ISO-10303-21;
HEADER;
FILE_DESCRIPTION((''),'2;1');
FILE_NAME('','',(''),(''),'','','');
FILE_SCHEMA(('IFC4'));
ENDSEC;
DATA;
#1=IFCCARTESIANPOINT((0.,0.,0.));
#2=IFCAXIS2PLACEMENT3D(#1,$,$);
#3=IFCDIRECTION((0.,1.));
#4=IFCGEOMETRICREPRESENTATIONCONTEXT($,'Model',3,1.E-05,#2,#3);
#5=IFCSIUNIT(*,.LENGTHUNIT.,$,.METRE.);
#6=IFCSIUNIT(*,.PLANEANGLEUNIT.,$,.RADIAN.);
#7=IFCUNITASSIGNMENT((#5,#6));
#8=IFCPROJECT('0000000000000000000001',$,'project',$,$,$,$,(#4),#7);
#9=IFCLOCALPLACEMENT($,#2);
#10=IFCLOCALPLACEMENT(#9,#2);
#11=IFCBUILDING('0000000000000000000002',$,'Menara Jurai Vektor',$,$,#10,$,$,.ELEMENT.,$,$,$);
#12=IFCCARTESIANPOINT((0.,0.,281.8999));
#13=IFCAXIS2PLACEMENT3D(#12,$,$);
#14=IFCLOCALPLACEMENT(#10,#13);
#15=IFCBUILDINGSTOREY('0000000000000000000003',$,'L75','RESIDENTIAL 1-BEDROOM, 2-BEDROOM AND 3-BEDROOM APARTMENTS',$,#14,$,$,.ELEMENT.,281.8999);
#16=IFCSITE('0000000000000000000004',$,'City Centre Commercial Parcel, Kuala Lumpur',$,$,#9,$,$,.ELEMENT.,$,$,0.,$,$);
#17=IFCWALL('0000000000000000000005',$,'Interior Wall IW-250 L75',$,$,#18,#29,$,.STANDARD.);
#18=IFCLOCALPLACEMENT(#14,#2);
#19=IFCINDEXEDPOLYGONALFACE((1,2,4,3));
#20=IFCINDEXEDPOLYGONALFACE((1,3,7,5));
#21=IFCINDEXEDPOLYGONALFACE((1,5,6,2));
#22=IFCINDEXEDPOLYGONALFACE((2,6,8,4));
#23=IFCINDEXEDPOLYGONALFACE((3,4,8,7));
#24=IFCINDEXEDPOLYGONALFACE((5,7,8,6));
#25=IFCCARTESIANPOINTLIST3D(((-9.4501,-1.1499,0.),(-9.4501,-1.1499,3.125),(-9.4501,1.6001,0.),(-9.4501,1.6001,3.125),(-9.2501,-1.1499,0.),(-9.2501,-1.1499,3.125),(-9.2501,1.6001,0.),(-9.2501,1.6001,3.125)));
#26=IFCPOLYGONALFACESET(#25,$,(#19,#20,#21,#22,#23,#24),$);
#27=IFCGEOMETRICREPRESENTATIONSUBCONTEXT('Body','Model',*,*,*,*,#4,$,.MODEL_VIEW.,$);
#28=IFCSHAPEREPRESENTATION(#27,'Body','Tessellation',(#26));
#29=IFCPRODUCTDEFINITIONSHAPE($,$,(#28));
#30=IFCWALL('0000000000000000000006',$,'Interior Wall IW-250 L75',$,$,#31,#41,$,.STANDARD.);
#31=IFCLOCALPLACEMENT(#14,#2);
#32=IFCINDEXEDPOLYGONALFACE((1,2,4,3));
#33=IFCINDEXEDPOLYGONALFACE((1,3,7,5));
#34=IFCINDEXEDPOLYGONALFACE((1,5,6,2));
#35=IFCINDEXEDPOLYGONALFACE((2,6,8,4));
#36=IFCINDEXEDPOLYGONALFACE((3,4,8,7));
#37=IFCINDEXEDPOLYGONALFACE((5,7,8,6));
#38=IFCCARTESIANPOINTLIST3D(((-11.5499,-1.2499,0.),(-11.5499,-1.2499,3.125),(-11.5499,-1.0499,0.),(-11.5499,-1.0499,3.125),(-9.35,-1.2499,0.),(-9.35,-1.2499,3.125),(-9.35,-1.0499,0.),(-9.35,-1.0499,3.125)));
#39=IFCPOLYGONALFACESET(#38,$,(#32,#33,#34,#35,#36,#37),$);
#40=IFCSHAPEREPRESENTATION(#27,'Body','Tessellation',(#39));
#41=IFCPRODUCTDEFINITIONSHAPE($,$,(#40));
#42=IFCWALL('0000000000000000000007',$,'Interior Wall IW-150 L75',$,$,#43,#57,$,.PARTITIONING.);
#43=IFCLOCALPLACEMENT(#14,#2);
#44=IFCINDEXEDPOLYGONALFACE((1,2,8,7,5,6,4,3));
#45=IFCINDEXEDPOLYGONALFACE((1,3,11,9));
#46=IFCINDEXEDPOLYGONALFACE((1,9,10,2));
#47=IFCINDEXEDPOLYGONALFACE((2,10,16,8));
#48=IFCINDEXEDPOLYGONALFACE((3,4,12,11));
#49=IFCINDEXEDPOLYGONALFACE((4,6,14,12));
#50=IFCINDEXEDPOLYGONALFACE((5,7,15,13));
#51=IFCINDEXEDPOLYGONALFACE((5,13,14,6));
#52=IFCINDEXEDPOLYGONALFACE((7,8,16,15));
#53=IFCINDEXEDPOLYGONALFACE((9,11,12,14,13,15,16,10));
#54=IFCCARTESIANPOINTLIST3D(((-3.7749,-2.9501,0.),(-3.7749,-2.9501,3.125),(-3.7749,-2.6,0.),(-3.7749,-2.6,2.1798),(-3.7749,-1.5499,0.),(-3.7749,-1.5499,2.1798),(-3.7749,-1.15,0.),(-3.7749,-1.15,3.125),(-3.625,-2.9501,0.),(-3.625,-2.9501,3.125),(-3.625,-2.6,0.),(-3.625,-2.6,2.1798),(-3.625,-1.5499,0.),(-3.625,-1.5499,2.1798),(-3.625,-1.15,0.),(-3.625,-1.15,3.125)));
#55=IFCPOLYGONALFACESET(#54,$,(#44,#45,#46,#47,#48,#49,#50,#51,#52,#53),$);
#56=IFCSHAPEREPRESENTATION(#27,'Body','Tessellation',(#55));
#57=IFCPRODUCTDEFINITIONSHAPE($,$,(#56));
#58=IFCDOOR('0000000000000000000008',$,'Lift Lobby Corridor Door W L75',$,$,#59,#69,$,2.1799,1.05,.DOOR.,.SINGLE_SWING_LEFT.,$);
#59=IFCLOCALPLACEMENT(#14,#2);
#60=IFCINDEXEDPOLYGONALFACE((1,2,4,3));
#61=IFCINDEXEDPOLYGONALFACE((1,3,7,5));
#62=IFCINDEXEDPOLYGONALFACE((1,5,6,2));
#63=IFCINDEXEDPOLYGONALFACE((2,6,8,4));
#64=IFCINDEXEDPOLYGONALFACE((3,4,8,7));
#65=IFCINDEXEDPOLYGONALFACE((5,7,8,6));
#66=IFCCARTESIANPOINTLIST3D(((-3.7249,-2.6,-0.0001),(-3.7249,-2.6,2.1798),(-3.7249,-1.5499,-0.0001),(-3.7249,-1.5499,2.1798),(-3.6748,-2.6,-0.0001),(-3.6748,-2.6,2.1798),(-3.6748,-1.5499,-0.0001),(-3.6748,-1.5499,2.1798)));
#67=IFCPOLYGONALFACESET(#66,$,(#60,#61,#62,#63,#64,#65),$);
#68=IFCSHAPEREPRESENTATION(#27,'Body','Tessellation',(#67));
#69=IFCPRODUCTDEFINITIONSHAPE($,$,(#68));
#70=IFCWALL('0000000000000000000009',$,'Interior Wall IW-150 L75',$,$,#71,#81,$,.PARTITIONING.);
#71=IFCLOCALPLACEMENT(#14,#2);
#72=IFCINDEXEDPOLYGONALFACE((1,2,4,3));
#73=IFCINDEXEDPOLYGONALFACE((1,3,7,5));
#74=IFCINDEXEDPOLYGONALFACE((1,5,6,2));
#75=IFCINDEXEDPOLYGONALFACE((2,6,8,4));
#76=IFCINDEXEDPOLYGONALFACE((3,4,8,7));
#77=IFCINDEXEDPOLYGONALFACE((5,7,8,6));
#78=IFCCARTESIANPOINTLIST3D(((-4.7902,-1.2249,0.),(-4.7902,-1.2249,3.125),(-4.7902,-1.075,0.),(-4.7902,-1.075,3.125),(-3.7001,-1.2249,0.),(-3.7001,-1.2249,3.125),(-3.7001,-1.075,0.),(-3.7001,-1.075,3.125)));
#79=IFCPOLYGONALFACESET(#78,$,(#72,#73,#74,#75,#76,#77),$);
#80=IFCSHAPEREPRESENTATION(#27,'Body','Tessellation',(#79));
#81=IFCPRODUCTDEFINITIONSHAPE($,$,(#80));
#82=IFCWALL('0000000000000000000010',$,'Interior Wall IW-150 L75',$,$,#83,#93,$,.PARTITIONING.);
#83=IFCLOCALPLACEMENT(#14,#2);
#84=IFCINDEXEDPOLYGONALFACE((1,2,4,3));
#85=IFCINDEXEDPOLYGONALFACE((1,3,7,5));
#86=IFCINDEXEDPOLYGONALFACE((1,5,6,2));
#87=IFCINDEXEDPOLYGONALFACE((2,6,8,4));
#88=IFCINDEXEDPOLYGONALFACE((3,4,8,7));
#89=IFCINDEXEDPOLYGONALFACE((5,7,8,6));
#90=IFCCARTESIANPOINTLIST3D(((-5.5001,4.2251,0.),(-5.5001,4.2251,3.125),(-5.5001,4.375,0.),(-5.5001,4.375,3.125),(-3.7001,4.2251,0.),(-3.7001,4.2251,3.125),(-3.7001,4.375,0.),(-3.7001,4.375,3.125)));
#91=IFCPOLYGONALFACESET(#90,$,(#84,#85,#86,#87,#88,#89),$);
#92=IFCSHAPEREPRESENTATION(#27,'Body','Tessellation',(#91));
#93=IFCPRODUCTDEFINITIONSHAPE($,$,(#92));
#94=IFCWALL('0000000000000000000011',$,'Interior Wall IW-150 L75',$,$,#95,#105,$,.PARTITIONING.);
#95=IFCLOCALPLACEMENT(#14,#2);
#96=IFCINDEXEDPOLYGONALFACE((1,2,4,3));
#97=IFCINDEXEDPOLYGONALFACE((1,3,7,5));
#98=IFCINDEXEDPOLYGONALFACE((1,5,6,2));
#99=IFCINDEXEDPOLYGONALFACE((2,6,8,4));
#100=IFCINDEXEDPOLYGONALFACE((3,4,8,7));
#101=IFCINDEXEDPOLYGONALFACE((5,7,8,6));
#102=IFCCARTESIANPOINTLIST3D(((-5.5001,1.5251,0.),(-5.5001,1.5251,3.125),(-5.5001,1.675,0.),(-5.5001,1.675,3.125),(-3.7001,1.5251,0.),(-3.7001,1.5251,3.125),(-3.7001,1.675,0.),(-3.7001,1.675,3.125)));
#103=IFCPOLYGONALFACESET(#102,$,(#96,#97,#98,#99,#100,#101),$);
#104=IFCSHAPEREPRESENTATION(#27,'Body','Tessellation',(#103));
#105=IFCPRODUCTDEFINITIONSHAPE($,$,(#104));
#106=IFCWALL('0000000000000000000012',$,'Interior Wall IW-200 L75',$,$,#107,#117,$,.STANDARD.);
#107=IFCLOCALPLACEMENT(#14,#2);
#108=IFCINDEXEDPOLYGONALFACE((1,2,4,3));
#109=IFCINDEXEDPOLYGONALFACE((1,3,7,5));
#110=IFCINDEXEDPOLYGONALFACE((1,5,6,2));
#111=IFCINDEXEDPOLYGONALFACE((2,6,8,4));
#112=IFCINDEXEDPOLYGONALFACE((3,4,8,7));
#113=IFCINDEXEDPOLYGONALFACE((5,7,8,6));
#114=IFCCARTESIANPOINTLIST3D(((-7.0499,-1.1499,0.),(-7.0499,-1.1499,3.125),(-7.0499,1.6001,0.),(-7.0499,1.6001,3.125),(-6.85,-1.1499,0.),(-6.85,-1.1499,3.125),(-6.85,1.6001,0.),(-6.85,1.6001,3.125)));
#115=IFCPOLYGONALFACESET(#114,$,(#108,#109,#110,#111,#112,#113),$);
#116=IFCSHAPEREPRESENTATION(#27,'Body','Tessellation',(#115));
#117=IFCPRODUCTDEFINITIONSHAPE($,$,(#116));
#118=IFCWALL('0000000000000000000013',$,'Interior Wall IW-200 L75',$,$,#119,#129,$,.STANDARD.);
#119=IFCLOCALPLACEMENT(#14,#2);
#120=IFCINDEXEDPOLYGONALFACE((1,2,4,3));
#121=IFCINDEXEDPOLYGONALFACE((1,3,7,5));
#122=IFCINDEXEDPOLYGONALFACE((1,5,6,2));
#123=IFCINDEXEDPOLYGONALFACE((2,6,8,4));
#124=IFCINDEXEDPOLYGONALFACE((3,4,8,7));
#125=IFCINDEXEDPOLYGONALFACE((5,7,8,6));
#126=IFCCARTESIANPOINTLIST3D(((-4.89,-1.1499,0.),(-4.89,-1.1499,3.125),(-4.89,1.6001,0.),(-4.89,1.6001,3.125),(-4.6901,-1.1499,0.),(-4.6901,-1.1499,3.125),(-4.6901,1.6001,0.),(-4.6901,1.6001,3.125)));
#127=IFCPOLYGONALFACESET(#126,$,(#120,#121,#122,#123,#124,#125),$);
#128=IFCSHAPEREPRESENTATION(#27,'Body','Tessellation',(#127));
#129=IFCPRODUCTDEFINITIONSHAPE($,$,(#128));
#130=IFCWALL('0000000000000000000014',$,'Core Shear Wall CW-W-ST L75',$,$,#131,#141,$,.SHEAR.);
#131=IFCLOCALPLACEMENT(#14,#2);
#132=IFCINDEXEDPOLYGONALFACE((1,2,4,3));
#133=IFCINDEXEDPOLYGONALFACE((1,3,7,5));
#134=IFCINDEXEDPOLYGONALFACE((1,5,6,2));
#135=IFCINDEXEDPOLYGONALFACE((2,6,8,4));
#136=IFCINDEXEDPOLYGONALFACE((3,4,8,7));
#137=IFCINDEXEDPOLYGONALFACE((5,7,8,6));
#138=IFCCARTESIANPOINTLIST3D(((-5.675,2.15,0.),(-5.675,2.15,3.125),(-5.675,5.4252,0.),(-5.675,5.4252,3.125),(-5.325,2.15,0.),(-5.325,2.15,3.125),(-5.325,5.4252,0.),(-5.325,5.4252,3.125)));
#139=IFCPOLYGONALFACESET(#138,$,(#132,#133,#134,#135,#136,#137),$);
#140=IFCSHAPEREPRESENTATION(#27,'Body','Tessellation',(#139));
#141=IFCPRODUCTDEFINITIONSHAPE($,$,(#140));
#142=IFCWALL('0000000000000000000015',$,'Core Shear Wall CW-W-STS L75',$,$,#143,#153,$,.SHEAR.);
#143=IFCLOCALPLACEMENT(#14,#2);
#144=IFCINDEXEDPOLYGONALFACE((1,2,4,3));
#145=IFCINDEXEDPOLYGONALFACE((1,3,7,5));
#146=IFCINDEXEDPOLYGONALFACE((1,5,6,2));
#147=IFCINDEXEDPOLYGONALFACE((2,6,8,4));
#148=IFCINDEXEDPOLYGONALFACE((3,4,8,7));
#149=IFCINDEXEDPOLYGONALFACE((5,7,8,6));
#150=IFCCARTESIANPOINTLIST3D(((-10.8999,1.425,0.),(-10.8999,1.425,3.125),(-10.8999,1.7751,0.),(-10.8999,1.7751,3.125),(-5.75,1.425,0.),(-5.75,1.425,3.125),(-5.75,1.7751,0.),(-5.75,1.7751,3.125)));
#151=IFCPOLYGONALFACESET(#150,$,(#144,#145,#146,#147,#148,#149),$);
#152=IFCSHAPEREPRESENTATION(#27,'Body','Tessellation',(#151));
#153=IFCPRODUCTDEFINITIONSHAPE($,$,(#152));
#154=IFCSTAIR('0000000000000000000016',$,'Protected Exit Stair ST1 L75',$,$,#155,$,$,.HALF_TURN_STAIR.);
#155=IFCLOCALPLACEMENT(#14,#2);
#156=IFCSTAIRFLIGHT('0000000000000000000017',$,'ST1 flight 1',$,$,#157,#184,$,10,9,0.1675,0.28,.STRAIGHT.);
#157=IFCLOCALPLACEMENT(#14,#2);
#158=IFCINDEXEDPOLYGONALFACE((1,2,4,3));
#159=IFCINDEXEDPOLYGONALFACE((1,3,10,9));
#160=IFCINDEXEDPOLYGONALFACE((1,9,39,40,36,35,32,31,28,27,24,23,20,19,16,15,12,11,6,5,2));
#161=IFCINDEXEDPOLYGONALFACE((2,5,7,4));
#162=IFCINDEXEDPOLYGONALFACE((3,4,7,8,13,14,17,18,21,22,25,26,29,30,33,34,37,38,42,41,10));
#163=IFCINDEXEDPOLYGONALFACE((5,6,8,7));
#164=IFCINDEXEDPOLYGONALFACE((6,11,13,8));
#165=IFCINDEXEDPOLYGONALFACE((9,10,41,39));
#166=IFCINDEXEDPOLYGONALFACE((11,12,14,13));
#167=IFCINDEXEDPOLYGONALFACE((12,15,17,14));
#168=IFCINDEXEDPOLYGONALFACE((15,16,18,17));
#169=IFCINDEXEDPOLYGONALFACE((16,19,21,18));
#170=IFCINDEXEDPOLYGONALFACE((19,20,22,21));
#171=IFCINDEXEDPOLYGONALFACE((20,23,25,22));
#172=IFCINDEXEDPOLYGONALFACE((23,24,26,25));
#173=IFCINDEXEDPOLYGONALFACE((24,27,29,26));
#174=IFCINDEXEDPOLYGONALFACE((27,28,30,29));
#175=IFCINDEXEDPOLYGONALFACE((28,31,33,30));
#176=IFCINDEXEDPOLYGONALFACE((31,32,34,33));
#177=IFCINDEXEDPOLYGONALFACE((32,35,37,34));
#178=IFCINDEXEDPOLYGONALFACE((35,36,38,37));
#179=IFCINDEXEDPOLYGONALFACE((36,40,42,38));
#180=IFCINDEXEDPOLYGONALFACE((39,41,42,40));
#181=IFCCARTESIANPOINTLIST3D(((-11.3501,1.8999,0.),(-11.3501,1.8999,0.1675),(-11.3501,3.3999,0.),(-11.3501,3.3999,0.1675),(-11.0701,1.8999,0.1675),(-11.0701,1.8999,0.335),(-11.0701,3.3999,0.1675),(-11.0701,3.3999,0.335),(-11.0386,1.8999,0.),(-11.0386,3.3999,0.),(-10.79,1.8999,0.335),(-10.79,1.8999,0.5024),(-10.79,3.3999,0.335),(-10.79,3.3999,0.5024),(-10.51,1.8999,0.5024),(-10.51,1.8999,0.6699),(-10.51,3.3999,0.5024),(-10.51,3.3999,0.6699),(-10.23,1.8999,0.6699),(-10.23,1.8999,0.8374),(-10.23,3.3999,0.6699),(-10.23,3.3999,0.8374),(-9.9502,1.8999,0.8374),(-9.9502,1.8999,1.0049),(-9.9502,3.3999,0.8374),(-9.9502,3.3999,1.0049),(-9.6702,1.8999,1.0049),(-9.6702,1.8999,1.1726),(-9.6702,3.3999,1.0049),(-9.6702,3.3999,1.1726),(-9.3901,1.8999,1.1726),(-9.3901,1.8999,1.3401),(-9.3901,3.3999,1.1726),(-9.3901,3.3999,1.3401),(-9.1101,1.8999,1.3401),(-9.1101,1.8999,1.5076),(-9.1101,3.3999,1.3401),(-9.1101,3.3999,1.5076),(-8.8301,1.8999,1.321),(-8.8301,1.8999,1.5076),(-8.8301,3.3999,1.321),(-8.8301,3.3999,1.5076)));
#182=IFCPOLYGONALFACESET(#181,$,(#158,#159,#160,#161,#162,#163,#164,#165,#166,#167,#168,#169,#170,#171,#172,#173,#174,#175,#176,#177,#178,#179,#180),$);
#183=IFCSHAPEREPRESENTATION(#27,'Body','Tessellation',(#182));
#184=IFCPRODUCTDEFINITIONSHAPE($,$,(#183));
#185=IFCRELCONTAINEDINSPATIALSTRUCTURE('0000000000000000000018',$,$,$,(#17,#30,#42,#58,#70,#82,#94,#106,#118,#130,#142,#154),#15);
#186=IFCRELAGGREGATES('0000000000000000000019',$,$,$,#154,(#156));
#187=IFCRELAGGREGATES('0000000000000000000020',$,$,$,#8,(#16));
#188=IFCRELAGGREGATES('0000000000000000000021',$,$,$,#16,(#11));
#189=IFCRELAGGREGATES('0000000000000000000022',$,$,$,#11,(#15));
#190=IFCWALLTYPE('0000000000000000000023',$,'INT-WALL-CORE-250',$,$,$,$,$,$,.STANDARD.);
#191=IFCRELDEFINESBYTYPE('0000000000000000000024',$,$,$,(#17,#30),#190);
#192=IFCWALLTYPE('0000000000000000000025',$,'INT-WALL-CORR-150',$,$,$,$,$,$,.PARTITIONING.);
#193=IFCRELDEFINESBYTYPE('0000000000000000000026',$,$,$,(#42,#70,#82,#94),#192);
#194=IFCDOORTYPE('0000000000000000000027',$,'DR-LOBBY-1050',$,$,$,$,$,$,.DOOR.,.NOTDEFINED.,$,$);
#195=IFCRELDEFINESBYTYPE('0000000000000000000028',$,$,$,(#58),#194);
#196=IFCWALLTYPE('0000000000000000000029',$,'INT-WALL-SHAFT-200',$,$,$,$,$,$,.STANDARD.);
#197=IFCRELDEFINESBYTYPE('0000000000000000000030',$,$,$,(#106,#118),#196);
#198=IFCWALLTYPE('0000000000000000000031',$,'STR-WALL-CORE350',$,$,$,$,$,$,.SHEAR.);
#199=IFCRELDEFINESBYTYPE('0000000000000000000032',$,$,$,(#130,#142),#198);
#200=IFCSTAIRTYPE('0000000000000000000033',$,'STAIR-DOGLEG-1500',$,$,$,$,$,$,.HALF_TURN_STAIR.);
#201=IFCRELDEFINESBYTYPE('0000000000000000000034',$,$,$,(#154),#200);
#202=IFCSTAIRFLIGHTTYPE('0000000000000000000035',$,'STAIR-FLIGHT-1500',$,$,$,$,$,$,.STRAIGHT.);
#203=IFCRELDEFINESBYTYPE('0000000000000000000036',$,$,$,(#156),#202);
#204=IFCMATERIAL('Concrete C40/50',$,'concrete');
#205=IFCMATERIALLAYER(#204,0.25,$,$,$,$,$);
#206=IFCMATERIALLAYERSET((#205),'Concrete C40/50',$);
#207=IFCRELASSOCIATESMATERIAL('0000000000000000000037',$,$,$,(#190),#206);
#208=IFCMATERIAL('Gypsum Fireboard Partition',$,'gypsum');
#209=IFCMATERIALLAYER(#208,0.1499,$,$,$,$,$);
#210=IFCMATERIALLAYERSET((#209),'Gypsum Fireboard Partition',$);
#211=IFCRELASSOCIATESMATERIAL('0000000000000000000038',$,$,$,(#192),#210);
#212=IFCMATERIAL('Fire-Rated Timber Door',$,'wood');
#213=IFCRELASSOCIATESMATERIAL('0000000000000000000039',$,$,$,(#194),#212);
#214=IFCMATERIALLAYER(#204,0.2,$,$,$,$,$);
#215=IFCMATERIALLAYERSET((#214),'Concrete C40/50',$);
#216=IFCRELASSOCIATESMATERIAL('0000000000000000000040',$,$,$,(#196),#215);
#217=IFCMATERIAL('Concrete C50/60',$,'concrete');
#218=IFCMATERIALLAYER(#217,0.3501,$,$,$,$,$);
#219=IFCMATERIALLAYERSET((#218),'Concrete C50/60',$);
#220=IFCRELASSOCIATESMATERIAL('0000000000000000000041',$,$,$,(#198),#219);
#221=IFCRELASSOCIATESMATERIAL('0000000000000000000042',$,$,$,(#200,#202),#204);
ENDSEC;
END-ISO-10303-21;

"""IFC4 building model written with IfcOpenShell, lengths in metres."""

from ifc_helpers import new_model, si_unit, direction, frame, frame_2d, origin, place, context, subcontext, project, spatial, polyline, rectangle, outline, extrude, material, layer, layer_set, type_object, element, fill, aggregate, save


model = new_model("IFC4")

# Units and contexts
model_context = context("Model", 3, precision=1e-05, world=origin(), true_north=direction((0.0, 1.0)))
body_context = subcontext(model_context, "Body", "Model", "MODEL_VIEW")
ifc_project = project(units=[si_unit("LENGTHUNIT", "METRE"), si_unit("PLANEANGLEUNIT", "RADIAN")], contexts=[model_context])

# Site, building, storey
site_placement = place(None, origin())
site = spatial("IfcSite", under=ifc_project, at=site_placement, Name="City Centre Commercial Parcel, Kuala Lumpur", CompositionType="ELEMENT", RefElevation=0.0)
building_placement = place(site_placement, origin())
building = spatial("IfcBuilding", under=site, at=building_placement, Name="Menara Jurai Vektor", CompositionType="ELEMENT")
storey_placement = place(building_placement, frame((0.0, 0.0, 281.8999)))
storey = spatial("IfcBuildingStorey", under=building, at=storey_placement, Name="L75", Description="RESIDENTIAL 1-BEDROOM, 2-BEDROOM AND 3-BEDROOM APARTMENTS", CompositionType="ELEMENT", Elevation=281.8999)

# Shared definitions
ifc_material_1 = material(Name="Concrete C50/60", Category="concrete")

# Shared definitions
ifc_material_2 = material(Name="Concrete C40/50", Category="concrete")
ifc_layer_1 = layer(ifc_material_2, 0.25)
ifc_layer_set_1 = layer_set([ifc_layer_1], Name="Concrete C40/50")
wall_type_1 = type_object("IfcWallType", Name="INT-WALL-CORE-250", PredefinedType="STANDARD", material=ifc_layer_set_1)

# Walls
wall_1_placement = place(storey_placement, frame((-9.3501, -1.1499, 0.0), z_axis=(0.0, 0.0, 1.0), x_axis=(0.0, 1.0, 0.0)))
element("IfcWall", 1, at=wall_1_placement, inside=storey, type_object=wall_type_1, Name="Interior Wall IW-250 L75", PredefinedType="STANDARD", context=body_context, shape_type="SweptSolid", body=[
    extrude(rectangle(XDim=2.75, YDim=0.2, at=frame_2d((1.375, 0.0))), origin(), (0.0, 0.0, 1.0), 3.125),
])
wall_2_placement = place(storey_placement, frame((-11.55, -1.1499, 0.0), z_axis=(0.0, 0.0, 1.0), x_axis=(1.0, 0.0, 0.0)))
element("IfcWall", 2, at=wall_2_placement, inside=storey, type_object=wall_type_1, Name="Interior Wall IW-250 L75", PredefinedType="STANDARD", context=body_context, shape_type="SweptSolid", body=[
    extrude(rectangle(XDim=2.2, YDim=0.2, at=frame_2d((1.1001, 0.0))), origin(), (0.0, 0.0, 1.0), 3.125),
])

# Wall, opening, door
ifc_material_3 = material(Name="Gypsum Fireboard Partition", Category="gypsum")
ifc_layer_2 = layer(ifc_material_3, 0.1499)
ifc_layer_set_2 = layer_set([ifc_layer_2], Name="Gypsum Fireboard Partition")
wall_type_2 = type_object("IfcWallType", Name="INT-WALL-CORR-150", PredefinedType="PARTITIONING", material=ifc_layer_set_2)
wall_3_placement = place(storey_placement, frame((-3.7, -2.95, 0.0), z_axis=(0.0, 0.0, 1.0), x_axis=(0.0, 1.0, 0.0)))
wall_3 = element("IfcWall", 3, at=wall_3_placement, inside=storey, type_object=wall_type_2, Name="Interior Wall IW-150 L75", PredefinedType="PARTITIONING", context=body_context, shape_type="SweptSolid", body=[
    extrude(rectangle(XDim=1.8, YDim=0.1499, at=frame_2d((0.8999, 0.0))), origin(), (0.0, 0.0, 1.0), 3.125),
])
opening_1_placement = place(wall_3_placement, frame((0.3501, 0.0, 0.0)))
opening_1 = element("IfcOpeningElement", 4, at=opening_1_placement, cuts=wall_3, PredefinedType="OPENING", context=body_context, shape_type="SweptSolid", body=[
    extrude(rectangle(XDim=1.05, YDim=2.1799, at=frame_2d((0.5249, 1.0898))), frame((0.0, 0.085, 0.0), z_axis=(0.0, -1.0, 0.0), x_axis=(1.0, 0.0, 0.0)), (0.0, 0.0, 1.0), 0.1699),
])
ifc_material_4 = material(Name="Fire-Rated Timber Door", Category="wood")
door_type_1 = type_object("IfcDoorType", Name="DR-LOBBY-1050", OperationType="NOTDEFINED", PredefinedType="DOOR", material=ifc_material_4)
door_1_placement = place(opening_1_placement, origin())
door_1 = element("IfcDoor", 5, at=door_1_placement, inside=storey, type_object=door_type_1, Name="Lift Lobby Corridor Door W L75", OperationType="SINGLE_SWING_LEFT", OverallHeight=2.1799, OverallWidth=1.05, PredefinedType="DOOR", context=body_context, shape_type="SweptSolid", body=[
    extrude(rectangle(XDim=1.05, YDim=2.1799, at=frame_2d((0.5249, 1.0898))), frame((0.0, 0.0249, 0.0), z_axis=(0.0, -1.0, 0.0), x_axis=(1.0, 0.0, 0.0)), (0.0, 0.0, 1.0), 0.05),
])
fill(opening_1, door_1)

# Walls
wall_4_placement = place(storey_placement, frame((-4.79, -1.1499, 0.0), z_axis=(0.0, 0.0, 1.0), x_axis=(1.0, 0.0, 0.0)))
element("IfcWall", 6, at=wall_4_placement, inside=storey, type_object=wall_type_2, Name="Interior Wall IW-150 L75", PredefinedType="PARTITIONING", context=body_context, shape_type="SweptSolid", body=[
    extrude(rectangle(XDim=1.0901, YDim=0.1499, at=frame_2d((0.5449, 0.0))), origin(), (0.0, 0.0, 1.0), 3.125),
])
for number, where, z_axis, x_axis, name in (
    (7, (-5.5, 4.3, 0.0), (0.0, 0.0, 1.0), (1.0, 0.0, 0.0), "Interior Wall IW-150 L75"),
    (8, (-5.5, 1.6001, 0.0), (0.0, 0.0, 1.0), (1.0, 0.0, 0.0), "Interior Wall IW-150 L75"),
):
    element("IfcWall", number, at=place(storey_placement, frame(where, z_axis=z_axis, x_axis=x_axis)), inside=storey, type_object=wall_type_2, Name=name, PredefinedType="PARTITIONING", context=body_context, shape_type="SweptSolid", body=[
        extrude(rectangle(XDim=1.8, YDim=0.1499, at=frame_2d((0.8999, 0.0))), origin(), (0.0, 0.0, 1.0), 3.125),
    ])

# Shared definitions
ifc_layer_3 = layer(ifc_material_2, 0.2)
ifc_layer_set_3 = layer_set([ifc_layer_3], Name="Concrete C40/50")
wall_type_3 = type_object("IfcWallType", Name="INT-WALL-SHAFT-200", PredefinedType="STANDARD", material=ifc_layer_set_3)

# Wall
wall_5_placement = place(storey_placement, frame((-6.95, -1.1499, 0.0), z_axis=(0.0, 0.0, 1.0), x_axis=(0.0, 1.0, 0.0)))
element("IfcWall", 9, at=wall_5_placement, inside=storey, type_object=wall_type_3, Name="Interior Wall IW-200 L75", PredefinedType="STANDARD", context=body_context, shape_type="SweptSolid", body=[
    extrude(rectangle(XDim=2.75, YDim=0.2, at=frame_2d((1.375, 0.0))), origin(), (0.0, 0.0, 1.0), 3.125),
])

# Wall
wall_6_placement = place(storey_placement, frame((-4.79, -1.1499, 0.0), z_axis=(0.0, 0.0, 1.0), x_axis=(0.0, 1.0, 0.0)))
element("IfcWall", 10, at=wall_6_placement, inside=storey, type_object=wall_type_3, Name="Interior Wall IW-200 L75", PredefinedType="STANDARD", context=body_context, shape_type="SweptSolid", body=[
    extrude(rectangle(XDim=2.75, YDim=0.2, at=frame_2d((1.375, 0.0))), origin(), (0.0, 0.0, 1.0), 3.125),
])

# Walls
ifc_layer_4 = layer(ifc_material_1, 0.3501)
ifc_layer_set_4 = layer_set([ifc_layer_4], Name="Concrete C50/60")
wall_type_4 = type_object("IfcWallType", Name="STR-WALL-CORE350", PredefinedType="SHEAR", material=ifc_layer_set_4)
wall_7_placement = place(storey_placement, frame((-5.5, 2.1499, 0.0), z_axis=(0.0, 0.0, 1.0), x_axis=(0.0, 1.0, 0.0)))
element("IfcWall", 11, at=wall_7_placement, inside=storey, type_object=wall_type_4, Name="Core Shear Wall CW-W-ST L75", PredefinedType="SHEAR", context=body_context, shape_type="SweptSolid", body=[
    extrude(rectangle(XDim=3.2751, YDim=0.3501, at=frame_2d((1.6377, 0.0))), origin(), (0.0, 0.0, 1.0), 3.125),
])
wall_8_placement = place(storey_placement, frame((-10.8999, 1.6001, 0.0), z_axis=(0.0, 0.0, 1.0), x_axis=(1.0, 0.0, 0.0)))
element("IfcWall", 12, at=wall_8_placement, inside=storey, type_object=wall_type_4, Name="Core Shear Wall CW-W-STS L75", PredefinedType="SHEAR", context=body_context, shape_type="SweptSolid", body=[
    extrude(rectangle(XDim=5.1499, YDim=0.3501, at=frame_2d((2.575, 0.0))), origin(), (0.0, 0.0, 1.0), 3.125),
])

# Stair, stair flight
stair_type = type_object("IfcStairType", Name="STAIR-DOGLEG-1500", PredefinedType="HALF_TURN_STAIR", material=ifc_material_2)
stair_placement = place(storey_placement, origin())
stair = element("IfcStair", 13, at=stair_placement, inside=storey, type_object=stair_type, Name="Protected Exit Stair ST1 L75", PredefinedType="HALF_TURN_STAIR")
stair_flight_type = type_object("IfcStairFlightType", Name="STAIR-FLIGHT-1500", PredefinedType="STRAIGHT", material=ifc_material_2)
stair_flight_1_placement = place(storey_placement, frame((-11.3501, 2.6499, 0.0), z_axis=(0.0, 0.0, 1.0), x_axis=(1.0, 0.0, 0.0)))
stair_flight_1 = element("IfcStairFlight", 14, at=stair_flight_1_placement, type_object=stair_flight_type, Name="ST1 flight 1", NumberOfRisers=10, NumberOfTreads=9, PredefinedType="STRAIGHT", RiserHeight=0.1675, TreadLength=0.28, context=body_context, shape_type="SweptSolid", body=[
    extrude(outline(polyline([(0.0, 0.0), (0.0, 0.1675), (0.28, 0.1675), (0.28, 0.335), (0.5601, 0.335), (0.5601, 0.5024), (0.8401, 0.5024), (0.8401, 0.6699), (1.1201, 0.6699), (1.1201, 0.8374), (1.3999, 0.8374), (1.3999, 1.0049), (1.6799, 1.0049), (1.6799, 1.1726), (1.96, 1.1726), (1.96, 1.3401), (2.24, 1.3401), (2.24, 1.5076), (2.52, 1.5076), (2.52, 1.675), (2.52, 1.321), (0.3115, 0.0), (0.0, 0.0)])), frame((0.0, 0.75, 0.0), z_axis=(0.0, -1.0, 0.0), x_axis=(1.0, 0.0, 0.0)), (0.0, 0.0, 1.0), 1.5),
])
aggregate(stair, [stair_flight_1])

save(model, "model.ifc")
